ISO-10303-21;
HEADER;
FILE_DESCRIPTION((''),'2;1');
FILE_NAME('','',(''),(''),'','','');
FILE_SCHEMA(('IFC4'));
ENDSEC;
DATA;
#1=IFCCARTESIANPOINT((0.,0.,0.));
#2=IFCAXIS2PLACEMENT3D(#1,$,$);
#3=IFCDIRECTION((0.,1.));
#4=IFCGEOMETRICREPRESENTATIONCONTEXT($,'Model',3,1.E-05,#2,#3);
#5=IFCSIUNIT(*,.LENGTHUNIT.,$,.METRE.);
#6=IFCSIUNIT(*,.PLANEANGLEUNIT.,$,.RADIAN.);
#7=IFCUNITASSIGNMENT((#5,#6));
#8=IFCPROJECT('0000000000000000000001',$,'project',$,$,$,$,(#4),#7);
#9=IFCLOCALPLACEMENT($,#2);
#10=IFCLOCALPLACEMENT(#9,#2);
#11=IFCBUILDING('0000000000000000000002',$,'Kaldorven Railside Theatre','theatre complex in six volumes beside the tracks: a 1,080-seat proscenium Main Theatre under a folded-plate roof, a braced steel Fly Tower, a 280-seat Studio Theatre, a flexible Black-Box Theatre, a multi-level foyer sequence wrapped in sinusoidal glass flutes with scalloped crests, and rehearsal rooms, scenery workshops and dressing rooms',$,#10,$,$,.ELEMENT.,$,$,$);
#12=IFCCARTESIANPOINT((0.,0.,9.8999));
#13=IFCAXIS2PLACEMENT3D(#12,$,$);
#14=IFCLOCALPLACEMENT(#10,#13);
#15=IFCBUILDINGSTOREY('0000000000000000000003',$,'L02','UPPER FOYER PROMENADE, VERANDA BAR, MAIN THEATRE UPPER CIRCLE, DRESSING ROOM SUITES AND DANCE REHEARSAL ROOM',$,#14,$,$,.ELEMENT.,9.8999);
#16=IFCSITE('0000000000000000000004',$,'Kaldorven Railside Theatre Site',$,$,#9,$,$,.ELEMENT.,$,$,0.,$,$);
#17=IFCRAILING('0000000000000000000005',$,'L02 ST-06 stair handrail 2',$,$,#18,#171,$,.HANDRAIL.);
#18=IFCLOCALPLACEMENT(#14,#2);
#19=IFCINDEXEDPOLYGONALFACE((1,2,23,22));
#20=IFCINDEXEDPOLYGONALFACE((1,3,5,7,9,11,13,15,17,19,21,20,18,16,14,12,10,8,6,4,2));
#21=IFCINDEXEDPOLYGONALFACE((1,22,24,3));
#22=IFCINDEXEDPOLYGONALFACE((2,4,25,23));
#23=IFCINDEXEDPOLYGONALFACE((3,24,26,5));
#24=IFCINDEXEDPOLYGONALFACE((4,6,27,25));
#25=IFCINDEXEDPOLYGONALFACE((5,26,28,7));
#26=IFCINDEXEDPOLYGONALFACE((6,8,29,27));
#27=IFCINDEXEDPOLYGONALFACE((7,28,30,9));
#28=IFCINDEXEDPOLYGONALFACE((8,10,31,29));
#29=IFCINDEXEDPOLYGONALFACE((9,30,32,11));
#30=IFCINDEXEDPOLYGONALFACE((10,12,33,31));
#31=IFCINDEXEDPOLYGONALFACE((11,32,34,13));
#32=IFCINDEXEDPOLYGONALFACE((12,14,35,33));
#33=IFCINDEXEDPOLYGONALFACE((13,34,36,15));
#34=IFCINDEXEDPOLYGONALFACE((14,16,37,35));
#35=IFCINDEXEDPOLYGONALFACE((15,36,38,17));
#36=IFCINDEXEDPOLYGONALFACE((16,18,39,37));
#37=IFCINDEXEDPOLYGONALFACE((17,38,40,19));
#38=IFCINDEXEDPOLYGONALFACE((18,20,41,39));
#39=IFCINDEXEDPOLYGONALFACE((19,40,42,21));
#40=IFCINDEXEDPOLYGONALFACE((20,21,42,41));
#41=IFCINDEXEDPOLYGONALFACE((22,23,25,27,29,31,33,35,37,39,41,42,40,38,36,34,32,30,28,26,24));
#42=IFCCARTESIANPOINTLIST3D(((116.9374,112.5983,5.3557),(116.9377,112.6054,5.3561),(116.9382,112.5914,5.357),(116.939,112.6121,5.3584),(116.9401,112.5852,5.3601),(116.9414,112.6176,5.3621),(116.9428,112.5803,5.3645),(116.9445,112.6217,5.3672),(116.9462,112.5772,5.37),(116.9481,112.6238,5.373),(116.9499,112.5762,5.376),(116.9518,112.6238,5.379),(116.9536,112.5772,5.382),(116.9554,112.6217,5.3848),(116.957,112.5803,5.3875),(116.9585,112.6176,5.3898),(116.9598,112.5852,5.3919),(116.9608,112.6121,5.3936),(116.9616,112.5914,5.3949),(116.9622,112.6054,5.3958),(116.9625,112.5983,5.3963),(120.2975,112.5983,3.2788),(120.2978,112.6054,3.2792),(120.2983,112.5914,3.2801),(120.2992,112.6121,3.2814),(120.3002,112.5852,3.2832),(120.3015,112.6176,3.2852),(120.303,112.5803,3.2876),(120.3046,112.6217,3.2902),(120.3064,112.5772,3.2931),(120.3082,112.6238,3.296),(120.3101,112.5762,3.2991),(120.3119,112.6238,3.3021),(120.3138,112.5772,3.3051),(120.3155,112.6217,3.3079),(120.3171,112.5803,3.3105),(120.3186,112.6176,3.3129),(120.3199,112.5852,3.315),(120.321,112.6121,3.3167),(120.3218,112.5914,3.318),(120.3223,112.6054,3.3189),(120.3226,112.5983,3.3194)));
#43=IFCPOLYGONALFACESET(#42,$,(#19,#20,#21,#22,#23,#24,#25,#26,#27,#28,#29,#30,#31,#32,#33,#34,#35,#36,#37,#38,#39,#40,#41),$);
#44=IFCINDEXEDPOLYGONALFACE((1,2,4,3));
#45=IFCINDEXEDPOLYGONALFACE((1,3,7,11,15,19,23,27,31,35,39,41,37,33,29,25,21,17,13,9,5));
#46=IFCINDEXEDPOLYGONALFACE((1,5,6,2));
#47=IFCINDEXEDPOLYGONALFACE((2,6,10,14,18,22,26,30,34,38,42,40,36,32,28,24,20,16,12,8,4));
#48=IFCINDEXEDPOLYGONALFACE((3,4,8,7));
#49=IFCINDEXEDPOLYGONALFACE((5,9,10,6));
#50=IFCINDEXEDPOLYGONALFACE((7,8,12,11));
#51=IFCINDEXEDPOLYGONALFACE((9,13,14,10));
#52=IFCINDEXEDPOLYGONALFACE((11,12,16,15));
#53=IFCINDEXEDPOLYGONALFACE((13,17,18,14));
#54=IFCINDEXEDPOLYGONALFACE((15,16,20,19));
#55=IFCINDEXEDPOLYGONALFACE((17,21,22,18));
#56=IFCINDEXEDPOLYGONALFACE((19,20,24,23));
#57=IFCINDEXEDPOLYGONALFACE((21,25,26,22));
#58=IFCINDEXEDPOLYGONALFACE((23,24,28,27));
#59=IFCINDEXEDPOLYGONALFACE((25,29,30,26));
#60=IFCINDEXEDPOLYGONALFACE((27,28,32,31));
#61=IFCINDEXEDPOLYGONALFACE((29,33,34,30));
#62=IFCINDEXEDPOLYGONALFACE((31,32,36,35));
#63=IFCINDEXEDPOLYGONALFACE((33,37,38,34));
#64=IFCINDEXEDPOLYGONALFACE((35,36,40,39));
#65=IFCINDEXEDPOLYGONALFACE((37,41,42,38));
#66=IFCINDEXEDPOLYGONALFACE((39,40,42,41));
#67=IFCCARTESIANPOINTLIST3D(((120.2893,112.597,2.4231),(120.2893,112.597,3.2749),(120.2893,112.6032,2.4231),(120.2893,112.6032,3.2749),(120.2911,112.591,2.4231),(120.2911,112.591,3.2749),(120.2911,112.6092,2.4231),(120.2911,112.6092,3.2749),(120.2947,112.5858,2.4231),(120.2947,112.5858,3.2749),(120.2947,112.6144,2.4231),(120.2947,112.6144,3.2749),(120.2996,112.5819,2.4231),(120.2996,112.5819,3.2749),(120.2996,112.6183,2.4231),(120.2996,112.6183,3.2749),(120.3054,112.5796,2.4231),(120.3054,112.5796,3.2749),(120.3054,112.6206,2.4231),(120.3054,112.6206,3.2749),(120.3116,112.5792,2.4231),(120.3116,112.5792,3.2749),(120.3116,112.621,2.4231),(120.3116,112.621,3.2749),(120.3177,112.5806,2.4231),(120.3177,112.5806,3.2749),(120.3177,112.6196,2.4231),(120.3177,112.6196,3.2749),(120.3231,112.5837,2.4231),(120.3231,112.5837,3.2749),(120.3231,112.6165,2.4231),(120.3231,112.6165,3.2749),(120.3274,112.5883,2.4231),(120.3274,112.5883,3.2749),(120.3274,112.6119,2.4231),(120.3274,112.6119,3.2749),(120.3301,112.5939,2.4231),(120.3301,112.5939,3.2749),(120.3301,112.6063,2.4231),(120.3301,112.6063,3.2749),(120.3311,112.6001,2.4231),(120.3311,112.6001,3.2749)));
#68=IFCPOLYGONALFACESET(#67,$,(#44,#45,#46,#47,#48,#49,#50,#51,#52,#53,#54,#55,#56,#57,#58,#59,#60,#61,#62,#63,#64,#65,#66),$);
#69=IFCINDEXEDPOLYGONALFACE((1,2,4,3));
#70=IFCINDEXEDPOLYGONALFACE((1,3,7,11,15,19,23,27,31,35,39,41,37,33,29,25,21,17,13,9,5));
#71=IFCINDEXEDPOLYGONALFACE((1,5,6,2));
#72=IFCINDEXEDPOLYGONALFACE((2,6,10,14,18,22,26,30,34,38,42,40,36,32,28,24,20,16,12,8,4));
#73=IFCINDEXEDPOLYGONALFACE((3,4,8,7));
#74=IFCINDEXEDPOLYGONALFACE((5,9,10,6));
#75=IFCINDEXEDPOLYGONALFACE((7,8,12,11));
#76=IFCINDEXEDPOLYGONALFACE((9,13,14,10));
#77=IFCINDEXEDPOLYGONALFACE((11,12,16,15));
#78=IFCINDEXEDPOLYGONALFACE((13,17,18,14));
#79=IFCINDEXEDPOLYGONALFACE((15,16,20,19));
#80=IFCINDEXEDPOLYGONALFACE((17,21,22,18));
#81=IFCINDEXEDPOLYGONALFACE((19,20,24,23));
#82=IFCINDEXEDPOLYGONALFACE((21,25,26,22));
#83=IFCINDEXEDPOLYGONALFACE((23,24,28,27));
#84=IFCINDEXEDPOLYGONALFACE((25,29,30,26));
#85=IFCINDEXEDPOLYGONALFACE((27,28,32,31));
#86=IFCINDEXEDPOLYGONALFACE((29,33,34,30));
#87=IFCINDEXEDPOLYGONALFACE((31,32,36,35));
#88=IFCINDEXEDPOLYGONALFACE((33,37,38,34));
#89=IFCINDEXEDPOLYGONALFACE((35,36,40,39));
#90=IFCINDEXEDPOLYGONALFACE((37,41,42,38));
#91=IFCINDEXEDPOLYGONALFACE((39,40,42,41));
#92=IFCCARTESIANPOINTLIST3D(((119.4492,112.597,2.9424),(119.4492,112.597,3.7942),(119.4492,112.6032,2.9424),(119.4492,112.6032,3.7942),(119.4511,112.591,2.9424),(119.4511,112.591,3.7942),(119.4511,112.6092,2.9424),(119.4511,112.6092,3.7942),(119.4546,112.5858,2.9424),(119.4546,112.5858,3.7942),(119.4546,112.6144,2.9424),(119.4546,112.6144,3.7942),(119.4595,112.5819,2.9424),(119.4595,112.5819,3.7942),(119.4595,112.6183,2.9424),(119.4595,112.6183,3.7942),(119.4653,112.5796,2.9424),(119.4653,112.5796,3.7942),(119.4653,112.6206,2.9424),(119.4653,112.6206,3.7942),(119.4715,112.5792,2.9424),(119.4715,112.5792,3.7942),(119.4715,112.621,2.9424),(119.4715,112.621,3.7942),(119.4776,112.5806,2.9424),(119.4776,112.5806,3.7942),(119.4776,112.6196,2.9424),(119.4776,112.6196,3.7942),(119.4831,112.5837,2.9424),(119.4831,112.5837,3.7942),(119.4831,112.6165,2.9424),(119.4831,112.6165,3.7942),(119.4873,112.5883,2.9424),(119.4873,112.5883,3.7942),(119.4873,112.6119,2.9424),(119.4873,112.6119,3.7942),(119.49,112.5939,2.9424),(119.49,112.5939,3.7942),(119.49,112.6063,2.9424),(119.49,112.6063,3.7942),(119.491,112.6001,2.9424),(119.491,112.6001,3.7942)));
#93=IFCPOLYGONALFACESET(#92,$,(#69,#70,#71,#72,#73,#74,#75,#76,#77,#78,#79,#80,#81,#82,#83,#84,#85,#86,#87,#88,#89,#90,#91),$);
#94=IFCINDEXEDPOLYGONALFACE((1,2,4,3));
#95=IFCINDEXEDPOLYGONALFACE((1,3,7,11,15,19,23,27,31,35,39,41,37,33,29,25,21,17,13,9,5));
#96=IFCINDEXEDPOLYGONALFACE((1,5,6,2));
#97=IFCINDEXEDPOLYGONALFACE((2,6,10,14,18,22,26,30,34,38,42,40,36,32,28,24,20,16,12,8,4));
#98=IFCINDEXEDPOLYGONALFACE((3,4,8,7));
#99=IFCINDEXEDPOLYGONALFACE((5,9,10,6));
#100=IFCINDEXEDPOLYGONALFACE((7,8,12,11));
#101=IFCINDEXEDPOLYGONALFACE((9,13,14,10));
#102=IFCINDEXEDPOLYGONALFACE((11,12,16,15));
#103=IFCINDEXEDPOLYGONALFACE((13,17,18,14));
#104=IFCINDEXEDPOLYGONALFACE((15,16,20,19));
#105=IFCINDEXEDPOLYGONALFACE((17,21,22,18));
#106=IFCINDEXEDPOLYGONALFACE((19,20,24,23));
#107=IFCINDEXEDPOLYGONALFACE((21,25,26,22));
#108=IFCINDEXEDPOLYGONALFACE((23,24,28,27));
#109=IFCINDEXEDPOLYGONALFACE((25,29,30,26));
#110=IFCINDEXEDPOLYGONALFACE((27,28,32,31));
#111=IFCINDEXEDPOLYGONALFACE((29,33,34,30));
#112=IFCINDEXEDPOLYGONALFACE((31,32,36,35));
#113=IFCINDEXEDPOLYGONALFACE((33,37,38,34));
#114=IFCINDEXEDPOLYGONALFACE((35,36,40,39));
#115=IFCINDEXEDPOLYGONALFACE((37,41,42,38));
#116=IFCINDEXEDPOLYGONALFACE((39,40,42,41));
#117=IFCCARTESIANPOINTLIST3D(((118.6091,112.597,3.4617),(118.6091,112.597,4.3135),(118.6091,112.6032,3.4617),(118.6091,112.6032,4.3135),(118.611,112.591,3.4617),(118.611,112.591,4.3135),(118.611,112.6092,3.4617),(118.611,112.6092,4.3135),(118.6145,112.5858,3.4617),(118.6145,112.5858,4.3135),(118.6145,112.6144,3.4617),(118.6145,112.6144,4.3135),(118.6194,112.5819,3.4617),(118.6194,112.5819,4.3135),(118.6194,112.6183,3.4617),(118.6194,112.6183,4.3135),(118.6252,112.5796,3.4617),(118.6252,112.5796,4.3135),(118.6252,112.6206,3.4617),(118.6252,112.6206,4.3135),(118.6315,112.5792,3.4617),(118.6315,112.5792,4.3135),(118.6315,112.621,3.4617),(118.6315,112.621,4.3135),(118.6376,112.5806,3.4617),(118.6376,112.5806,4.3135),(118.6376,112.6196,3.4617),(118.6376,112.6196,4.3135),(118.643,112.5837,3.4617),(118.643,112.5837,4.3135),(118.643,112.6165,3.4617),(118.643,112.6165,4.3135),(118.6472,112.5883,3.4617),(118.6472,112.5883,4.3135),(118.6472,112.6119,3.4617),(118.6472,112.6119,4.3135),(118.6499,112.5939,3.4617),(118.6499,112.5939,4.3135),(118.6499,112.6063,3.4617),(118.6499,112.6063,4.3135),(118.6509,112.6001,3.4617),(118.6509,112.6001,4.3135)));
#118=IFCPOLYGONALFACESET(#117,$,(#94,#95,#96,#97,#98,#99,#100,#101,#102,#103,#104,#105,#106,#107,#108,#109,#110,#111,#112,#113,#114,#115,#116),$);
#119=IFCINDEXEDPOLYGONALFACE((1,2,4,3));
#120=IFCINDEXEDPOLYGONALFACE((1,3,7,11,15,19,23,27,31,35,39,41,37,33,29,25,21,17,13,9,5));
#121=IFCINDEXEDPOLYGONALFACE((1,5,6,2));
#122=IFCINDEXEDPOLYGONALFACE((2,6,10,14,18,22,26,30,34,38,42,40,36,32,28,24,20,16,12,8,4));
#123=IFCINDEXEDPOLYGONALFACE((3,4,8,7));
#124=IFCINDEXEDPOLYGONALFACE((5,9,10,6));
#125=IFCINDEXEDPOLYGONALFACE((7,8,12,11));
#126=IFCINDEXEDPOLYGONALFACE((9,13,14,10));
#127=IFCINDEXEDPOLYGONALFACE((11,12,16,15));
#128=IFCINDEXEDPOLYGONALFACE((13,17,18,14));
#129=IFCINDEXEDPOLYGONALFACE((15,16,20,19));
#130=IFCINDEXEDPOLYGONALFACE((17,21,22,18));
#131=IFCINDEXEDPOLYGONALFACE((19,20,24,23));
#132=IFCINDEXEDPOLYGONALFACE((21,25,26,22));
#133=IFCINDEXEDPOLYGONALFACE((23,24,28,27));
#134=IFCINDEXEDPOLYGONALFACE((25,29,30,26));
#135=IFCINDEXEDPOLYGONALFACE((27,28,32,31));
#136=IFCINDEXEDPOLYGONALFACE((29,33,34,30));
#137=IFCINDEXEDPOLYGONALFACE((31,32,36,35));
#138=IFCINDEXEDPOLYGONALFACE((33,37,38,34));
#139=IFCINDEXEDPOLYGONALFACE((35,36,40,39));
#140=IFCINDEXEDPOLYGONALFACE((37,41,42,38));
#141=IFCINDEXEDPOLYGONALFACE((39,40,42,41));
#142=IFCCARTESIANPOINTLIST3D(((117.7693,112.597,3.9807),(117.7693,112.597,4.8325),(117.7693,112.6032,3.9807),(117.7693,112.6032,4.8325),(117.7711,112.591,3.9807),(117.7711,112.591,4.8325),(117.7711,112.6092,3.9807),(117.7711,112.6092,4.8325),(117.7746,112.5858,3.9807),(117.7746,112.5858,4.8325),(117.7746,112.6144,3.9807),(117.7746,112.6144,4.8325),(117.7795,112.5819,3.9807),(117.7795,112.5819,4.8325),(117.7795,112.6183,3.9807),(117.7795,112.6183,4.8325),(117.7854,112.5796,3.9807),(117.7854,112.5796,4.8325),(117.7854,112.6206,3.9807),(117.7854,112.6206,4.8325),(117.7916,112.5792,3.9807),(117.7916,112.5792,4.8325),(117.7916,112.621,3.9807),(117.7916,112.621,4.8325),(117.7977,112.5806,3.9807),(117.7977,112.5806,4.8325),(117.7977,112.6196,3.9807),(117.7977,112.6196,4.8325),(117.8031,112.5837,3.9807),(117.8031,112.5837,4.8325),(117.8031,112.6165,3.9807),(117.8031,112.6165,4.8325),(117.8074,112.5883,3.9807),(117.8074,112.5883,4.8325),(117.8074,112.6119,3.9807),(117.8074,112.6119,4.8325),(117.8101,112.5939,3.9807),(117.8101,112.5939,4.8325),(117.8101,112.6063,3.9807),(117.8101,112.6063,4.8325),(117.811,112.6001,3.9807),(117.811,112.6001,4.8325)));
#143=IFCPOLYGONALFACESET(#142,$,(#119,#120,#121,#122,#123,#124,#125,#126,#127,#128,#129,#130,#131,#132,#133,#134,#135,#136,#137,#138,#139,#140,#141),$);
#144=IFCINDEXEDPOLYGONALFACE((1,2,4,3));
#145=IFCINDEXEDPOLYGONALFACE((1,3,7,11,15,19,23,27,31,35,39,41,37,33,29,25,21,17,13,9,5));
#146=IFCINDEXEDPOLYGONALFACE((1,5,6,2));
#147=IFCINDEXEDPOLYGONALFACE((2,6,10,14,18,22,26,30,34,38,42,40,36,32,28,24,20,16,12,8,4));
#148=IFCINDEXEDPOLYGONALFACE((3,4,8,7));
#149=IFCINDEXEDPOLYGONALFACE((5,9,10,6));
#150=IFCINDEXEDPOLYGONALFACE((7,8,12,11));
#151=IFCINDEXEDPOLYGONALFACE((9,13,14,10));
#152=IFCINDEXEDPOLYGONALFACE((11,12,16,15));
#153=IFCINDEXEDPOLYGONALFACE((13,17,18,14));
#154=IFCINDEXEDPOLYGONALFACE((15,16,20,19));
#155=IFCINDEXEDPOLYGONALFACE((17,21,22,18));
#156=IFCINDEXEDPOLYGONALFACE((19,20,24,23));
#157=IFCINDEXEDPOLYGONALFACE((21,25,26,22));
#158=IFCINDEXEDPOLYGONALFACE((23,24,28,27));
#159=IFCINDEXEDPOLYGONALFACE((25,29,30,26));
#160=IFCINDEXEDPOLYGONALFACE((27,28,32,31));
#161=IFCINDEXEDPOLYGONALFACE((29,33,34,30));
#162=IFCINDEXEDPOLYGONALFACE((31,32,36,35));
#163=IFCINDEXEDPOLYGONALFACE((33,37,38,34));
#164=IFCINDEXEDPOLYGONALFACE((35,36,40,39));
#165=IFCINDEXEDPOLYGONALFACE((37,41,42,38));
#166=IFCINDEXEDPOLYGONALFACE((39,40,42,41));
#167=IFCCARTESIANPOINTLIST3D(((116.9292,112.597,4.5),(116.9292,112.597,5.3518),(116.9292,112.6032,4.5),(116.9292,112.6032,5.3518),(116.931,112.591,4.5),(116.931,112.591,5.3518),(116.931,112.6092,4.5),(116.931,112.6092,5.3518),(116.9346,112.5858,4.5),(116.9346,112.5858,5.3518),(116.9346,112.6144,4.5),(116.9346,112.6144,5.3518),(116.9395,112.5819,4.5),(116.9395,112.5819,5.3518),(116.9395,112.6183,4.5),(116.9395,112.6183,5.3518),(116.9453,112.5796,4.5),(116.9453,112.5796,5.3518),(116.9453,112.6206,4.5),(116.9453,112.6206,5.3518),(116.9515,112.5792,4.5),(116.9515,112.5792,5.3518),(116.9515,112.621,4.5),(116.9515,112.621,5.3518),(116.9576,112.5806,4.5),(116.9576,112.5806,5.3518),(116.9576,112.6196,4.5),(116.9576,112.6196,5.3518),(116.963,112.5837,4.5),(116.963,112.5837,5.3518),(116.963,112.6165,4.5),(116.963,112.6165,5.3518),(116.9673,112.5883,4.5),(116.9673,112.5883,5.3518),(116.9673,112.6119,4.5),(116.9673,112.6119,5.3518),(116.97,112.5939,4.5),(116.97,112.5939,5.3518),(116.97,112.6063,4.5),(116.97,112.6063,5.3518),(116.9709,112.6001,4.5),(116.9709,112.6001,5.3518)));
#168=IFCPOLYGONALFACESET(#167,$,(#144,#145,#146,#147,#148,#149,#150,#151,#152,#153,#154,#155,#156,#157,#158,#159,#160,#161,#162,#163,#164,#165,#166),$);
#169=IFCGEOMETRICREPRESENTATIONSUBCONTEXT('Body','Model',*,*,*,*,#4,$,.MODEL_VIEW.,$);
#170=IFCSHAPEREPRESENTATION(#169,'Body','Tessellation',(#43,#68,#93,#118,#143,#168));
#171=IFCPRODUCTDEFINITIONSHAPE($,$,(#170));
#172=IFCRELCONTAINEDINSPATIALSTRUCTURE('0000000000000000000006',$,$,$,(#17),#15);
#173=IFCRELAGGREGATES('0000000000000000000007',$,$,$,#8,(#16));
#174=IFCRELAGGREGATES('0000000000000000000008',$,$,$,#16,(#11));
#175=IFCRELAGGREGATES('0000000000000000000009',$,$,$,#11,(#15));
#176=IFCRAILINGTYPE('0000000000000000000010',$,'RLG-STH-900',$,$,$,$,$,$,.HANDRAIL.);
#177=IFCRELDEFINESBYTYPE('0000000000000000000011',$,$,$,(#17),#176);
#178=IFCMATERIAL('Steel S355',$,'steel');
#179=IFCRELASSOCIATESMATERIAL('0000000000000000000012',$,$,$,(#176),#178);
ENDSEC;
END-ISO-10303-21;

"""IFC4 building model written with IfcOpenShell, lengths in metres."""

from ifc_helpers import new_model, si_unit, direction, frame, origin, origin_2d, place, context, subcontext, project, spatial, circle, extrude, material, type_object, element, save


model = new_model("IFC4")

# Units and contexts
model_context = context("Model", 3, precision=1e-05, world=origin(), true_north=direction((0.0, 1.0)))
body_context = subcontext(model_context, "Body", "Model", "MODEL_VIEW")
ifc_project = project(units=[si_unit("LENGTHUNIT", "METRE"), si_unit("PLANEANGLEUNIT", "RADIAN")], contexts=[model_context])

# Site, building, storey
site_placement = place(None, origin())
site = spatial("IfcSite", under=ifc_project, at=site_placement, Name="Kaldorven Railside Theatre Site", CompositionType="ELEMENT", RefElevation=0.0)
building_placement = place(site_placement, origin())
building = spatial("IfcBuilding", under=site, at=building_placement, Name="Kaldorven Railside Theatre", Description="theatre complex in six volumes beside the tracks: a 1,080-seat proscenium Main Theatre under a folded-plate roof, a braced steel Fly Tower, a 280-seat Studio Theatre, a flexible Black-Box Theatre, a multi-level foyer sequence wrapped in sinusoidal glass flutes with scalloped crests, and rehearsal rooms, scenery workshops and dressing rooms", CompositionType="ELEMENT")
storey_placement = place(building_placement, frame((0.0, 0.0, 9.8999)))
storey = spatial("IfcBuildingStorey", under=building, at=storey_placement, Name="L02", Description="UPPER FOYER PROMENADE, VERANDA BAR, MAIN THEATRE UPPER CIRCLE, DRESSING ROOM SUITES AND DANCE REHEARSAL ROOM", CompositionType="ELEMENT", Elevation=9.8999)

# Shared definitions
ifc_material_1 = material(Name="Steel S355", Category="steel")

# Railing
railing_type = type_object("IfcRailingType", Name="RLG-STH-900", PredefinedType="HANDRAIL", material=ifc_material_1)
railing_placement = place(storey_placement, frame((120.3101, 112.6001, 2.4231)))
element("IfcRailing", 1, at=railing_placement, inside=storey, type_object=railing_type, Name="L02 ST-06 stair handrail 2", PredefinedType="HANDRAIL", context=body_context, shape_type="SweptSolid", body=[
    extrude(circle(Radius=0.0239, at=origin_2d()), frame((0.0, 0.0, 0.876), z_axis=(-0.850623, 0.0, 0.525776), x_axis=(0.0, -1.0, 0.0)), (0.0, 0.0, 1.0), 3.9502),
    extrude(circle(Radius=0.021, at=origin_2d()), origin(), (0.0, 0.0, 1.0), 0.8518),
    extrude(circle(Radius=0.021, at=origin_2d()), frame((-0.8401, 0.0, 0.5193)), (0.0, 0.0, 1.0), 0.8518),
    extrude(circle(Radius=0.021, at=origin_2d()), frame((-1.6802, 0.0, 1.0386)), (0.0, 0.0, 1.0), 0.8518),
    extrude(circle(Radius=0.021, at=origin_2d()), frame((-2.52, 0.0, 1.5576)), (0.0, 0.0, 1.0), 0.8518),
    extrude(circle(Radius=0.021, at=origin_2d()), frame((-3.3601, 0.0, 2.0769)), (0.0, 0.0, 1.0), 0.8518),
])

save(model, "model.ifc")
